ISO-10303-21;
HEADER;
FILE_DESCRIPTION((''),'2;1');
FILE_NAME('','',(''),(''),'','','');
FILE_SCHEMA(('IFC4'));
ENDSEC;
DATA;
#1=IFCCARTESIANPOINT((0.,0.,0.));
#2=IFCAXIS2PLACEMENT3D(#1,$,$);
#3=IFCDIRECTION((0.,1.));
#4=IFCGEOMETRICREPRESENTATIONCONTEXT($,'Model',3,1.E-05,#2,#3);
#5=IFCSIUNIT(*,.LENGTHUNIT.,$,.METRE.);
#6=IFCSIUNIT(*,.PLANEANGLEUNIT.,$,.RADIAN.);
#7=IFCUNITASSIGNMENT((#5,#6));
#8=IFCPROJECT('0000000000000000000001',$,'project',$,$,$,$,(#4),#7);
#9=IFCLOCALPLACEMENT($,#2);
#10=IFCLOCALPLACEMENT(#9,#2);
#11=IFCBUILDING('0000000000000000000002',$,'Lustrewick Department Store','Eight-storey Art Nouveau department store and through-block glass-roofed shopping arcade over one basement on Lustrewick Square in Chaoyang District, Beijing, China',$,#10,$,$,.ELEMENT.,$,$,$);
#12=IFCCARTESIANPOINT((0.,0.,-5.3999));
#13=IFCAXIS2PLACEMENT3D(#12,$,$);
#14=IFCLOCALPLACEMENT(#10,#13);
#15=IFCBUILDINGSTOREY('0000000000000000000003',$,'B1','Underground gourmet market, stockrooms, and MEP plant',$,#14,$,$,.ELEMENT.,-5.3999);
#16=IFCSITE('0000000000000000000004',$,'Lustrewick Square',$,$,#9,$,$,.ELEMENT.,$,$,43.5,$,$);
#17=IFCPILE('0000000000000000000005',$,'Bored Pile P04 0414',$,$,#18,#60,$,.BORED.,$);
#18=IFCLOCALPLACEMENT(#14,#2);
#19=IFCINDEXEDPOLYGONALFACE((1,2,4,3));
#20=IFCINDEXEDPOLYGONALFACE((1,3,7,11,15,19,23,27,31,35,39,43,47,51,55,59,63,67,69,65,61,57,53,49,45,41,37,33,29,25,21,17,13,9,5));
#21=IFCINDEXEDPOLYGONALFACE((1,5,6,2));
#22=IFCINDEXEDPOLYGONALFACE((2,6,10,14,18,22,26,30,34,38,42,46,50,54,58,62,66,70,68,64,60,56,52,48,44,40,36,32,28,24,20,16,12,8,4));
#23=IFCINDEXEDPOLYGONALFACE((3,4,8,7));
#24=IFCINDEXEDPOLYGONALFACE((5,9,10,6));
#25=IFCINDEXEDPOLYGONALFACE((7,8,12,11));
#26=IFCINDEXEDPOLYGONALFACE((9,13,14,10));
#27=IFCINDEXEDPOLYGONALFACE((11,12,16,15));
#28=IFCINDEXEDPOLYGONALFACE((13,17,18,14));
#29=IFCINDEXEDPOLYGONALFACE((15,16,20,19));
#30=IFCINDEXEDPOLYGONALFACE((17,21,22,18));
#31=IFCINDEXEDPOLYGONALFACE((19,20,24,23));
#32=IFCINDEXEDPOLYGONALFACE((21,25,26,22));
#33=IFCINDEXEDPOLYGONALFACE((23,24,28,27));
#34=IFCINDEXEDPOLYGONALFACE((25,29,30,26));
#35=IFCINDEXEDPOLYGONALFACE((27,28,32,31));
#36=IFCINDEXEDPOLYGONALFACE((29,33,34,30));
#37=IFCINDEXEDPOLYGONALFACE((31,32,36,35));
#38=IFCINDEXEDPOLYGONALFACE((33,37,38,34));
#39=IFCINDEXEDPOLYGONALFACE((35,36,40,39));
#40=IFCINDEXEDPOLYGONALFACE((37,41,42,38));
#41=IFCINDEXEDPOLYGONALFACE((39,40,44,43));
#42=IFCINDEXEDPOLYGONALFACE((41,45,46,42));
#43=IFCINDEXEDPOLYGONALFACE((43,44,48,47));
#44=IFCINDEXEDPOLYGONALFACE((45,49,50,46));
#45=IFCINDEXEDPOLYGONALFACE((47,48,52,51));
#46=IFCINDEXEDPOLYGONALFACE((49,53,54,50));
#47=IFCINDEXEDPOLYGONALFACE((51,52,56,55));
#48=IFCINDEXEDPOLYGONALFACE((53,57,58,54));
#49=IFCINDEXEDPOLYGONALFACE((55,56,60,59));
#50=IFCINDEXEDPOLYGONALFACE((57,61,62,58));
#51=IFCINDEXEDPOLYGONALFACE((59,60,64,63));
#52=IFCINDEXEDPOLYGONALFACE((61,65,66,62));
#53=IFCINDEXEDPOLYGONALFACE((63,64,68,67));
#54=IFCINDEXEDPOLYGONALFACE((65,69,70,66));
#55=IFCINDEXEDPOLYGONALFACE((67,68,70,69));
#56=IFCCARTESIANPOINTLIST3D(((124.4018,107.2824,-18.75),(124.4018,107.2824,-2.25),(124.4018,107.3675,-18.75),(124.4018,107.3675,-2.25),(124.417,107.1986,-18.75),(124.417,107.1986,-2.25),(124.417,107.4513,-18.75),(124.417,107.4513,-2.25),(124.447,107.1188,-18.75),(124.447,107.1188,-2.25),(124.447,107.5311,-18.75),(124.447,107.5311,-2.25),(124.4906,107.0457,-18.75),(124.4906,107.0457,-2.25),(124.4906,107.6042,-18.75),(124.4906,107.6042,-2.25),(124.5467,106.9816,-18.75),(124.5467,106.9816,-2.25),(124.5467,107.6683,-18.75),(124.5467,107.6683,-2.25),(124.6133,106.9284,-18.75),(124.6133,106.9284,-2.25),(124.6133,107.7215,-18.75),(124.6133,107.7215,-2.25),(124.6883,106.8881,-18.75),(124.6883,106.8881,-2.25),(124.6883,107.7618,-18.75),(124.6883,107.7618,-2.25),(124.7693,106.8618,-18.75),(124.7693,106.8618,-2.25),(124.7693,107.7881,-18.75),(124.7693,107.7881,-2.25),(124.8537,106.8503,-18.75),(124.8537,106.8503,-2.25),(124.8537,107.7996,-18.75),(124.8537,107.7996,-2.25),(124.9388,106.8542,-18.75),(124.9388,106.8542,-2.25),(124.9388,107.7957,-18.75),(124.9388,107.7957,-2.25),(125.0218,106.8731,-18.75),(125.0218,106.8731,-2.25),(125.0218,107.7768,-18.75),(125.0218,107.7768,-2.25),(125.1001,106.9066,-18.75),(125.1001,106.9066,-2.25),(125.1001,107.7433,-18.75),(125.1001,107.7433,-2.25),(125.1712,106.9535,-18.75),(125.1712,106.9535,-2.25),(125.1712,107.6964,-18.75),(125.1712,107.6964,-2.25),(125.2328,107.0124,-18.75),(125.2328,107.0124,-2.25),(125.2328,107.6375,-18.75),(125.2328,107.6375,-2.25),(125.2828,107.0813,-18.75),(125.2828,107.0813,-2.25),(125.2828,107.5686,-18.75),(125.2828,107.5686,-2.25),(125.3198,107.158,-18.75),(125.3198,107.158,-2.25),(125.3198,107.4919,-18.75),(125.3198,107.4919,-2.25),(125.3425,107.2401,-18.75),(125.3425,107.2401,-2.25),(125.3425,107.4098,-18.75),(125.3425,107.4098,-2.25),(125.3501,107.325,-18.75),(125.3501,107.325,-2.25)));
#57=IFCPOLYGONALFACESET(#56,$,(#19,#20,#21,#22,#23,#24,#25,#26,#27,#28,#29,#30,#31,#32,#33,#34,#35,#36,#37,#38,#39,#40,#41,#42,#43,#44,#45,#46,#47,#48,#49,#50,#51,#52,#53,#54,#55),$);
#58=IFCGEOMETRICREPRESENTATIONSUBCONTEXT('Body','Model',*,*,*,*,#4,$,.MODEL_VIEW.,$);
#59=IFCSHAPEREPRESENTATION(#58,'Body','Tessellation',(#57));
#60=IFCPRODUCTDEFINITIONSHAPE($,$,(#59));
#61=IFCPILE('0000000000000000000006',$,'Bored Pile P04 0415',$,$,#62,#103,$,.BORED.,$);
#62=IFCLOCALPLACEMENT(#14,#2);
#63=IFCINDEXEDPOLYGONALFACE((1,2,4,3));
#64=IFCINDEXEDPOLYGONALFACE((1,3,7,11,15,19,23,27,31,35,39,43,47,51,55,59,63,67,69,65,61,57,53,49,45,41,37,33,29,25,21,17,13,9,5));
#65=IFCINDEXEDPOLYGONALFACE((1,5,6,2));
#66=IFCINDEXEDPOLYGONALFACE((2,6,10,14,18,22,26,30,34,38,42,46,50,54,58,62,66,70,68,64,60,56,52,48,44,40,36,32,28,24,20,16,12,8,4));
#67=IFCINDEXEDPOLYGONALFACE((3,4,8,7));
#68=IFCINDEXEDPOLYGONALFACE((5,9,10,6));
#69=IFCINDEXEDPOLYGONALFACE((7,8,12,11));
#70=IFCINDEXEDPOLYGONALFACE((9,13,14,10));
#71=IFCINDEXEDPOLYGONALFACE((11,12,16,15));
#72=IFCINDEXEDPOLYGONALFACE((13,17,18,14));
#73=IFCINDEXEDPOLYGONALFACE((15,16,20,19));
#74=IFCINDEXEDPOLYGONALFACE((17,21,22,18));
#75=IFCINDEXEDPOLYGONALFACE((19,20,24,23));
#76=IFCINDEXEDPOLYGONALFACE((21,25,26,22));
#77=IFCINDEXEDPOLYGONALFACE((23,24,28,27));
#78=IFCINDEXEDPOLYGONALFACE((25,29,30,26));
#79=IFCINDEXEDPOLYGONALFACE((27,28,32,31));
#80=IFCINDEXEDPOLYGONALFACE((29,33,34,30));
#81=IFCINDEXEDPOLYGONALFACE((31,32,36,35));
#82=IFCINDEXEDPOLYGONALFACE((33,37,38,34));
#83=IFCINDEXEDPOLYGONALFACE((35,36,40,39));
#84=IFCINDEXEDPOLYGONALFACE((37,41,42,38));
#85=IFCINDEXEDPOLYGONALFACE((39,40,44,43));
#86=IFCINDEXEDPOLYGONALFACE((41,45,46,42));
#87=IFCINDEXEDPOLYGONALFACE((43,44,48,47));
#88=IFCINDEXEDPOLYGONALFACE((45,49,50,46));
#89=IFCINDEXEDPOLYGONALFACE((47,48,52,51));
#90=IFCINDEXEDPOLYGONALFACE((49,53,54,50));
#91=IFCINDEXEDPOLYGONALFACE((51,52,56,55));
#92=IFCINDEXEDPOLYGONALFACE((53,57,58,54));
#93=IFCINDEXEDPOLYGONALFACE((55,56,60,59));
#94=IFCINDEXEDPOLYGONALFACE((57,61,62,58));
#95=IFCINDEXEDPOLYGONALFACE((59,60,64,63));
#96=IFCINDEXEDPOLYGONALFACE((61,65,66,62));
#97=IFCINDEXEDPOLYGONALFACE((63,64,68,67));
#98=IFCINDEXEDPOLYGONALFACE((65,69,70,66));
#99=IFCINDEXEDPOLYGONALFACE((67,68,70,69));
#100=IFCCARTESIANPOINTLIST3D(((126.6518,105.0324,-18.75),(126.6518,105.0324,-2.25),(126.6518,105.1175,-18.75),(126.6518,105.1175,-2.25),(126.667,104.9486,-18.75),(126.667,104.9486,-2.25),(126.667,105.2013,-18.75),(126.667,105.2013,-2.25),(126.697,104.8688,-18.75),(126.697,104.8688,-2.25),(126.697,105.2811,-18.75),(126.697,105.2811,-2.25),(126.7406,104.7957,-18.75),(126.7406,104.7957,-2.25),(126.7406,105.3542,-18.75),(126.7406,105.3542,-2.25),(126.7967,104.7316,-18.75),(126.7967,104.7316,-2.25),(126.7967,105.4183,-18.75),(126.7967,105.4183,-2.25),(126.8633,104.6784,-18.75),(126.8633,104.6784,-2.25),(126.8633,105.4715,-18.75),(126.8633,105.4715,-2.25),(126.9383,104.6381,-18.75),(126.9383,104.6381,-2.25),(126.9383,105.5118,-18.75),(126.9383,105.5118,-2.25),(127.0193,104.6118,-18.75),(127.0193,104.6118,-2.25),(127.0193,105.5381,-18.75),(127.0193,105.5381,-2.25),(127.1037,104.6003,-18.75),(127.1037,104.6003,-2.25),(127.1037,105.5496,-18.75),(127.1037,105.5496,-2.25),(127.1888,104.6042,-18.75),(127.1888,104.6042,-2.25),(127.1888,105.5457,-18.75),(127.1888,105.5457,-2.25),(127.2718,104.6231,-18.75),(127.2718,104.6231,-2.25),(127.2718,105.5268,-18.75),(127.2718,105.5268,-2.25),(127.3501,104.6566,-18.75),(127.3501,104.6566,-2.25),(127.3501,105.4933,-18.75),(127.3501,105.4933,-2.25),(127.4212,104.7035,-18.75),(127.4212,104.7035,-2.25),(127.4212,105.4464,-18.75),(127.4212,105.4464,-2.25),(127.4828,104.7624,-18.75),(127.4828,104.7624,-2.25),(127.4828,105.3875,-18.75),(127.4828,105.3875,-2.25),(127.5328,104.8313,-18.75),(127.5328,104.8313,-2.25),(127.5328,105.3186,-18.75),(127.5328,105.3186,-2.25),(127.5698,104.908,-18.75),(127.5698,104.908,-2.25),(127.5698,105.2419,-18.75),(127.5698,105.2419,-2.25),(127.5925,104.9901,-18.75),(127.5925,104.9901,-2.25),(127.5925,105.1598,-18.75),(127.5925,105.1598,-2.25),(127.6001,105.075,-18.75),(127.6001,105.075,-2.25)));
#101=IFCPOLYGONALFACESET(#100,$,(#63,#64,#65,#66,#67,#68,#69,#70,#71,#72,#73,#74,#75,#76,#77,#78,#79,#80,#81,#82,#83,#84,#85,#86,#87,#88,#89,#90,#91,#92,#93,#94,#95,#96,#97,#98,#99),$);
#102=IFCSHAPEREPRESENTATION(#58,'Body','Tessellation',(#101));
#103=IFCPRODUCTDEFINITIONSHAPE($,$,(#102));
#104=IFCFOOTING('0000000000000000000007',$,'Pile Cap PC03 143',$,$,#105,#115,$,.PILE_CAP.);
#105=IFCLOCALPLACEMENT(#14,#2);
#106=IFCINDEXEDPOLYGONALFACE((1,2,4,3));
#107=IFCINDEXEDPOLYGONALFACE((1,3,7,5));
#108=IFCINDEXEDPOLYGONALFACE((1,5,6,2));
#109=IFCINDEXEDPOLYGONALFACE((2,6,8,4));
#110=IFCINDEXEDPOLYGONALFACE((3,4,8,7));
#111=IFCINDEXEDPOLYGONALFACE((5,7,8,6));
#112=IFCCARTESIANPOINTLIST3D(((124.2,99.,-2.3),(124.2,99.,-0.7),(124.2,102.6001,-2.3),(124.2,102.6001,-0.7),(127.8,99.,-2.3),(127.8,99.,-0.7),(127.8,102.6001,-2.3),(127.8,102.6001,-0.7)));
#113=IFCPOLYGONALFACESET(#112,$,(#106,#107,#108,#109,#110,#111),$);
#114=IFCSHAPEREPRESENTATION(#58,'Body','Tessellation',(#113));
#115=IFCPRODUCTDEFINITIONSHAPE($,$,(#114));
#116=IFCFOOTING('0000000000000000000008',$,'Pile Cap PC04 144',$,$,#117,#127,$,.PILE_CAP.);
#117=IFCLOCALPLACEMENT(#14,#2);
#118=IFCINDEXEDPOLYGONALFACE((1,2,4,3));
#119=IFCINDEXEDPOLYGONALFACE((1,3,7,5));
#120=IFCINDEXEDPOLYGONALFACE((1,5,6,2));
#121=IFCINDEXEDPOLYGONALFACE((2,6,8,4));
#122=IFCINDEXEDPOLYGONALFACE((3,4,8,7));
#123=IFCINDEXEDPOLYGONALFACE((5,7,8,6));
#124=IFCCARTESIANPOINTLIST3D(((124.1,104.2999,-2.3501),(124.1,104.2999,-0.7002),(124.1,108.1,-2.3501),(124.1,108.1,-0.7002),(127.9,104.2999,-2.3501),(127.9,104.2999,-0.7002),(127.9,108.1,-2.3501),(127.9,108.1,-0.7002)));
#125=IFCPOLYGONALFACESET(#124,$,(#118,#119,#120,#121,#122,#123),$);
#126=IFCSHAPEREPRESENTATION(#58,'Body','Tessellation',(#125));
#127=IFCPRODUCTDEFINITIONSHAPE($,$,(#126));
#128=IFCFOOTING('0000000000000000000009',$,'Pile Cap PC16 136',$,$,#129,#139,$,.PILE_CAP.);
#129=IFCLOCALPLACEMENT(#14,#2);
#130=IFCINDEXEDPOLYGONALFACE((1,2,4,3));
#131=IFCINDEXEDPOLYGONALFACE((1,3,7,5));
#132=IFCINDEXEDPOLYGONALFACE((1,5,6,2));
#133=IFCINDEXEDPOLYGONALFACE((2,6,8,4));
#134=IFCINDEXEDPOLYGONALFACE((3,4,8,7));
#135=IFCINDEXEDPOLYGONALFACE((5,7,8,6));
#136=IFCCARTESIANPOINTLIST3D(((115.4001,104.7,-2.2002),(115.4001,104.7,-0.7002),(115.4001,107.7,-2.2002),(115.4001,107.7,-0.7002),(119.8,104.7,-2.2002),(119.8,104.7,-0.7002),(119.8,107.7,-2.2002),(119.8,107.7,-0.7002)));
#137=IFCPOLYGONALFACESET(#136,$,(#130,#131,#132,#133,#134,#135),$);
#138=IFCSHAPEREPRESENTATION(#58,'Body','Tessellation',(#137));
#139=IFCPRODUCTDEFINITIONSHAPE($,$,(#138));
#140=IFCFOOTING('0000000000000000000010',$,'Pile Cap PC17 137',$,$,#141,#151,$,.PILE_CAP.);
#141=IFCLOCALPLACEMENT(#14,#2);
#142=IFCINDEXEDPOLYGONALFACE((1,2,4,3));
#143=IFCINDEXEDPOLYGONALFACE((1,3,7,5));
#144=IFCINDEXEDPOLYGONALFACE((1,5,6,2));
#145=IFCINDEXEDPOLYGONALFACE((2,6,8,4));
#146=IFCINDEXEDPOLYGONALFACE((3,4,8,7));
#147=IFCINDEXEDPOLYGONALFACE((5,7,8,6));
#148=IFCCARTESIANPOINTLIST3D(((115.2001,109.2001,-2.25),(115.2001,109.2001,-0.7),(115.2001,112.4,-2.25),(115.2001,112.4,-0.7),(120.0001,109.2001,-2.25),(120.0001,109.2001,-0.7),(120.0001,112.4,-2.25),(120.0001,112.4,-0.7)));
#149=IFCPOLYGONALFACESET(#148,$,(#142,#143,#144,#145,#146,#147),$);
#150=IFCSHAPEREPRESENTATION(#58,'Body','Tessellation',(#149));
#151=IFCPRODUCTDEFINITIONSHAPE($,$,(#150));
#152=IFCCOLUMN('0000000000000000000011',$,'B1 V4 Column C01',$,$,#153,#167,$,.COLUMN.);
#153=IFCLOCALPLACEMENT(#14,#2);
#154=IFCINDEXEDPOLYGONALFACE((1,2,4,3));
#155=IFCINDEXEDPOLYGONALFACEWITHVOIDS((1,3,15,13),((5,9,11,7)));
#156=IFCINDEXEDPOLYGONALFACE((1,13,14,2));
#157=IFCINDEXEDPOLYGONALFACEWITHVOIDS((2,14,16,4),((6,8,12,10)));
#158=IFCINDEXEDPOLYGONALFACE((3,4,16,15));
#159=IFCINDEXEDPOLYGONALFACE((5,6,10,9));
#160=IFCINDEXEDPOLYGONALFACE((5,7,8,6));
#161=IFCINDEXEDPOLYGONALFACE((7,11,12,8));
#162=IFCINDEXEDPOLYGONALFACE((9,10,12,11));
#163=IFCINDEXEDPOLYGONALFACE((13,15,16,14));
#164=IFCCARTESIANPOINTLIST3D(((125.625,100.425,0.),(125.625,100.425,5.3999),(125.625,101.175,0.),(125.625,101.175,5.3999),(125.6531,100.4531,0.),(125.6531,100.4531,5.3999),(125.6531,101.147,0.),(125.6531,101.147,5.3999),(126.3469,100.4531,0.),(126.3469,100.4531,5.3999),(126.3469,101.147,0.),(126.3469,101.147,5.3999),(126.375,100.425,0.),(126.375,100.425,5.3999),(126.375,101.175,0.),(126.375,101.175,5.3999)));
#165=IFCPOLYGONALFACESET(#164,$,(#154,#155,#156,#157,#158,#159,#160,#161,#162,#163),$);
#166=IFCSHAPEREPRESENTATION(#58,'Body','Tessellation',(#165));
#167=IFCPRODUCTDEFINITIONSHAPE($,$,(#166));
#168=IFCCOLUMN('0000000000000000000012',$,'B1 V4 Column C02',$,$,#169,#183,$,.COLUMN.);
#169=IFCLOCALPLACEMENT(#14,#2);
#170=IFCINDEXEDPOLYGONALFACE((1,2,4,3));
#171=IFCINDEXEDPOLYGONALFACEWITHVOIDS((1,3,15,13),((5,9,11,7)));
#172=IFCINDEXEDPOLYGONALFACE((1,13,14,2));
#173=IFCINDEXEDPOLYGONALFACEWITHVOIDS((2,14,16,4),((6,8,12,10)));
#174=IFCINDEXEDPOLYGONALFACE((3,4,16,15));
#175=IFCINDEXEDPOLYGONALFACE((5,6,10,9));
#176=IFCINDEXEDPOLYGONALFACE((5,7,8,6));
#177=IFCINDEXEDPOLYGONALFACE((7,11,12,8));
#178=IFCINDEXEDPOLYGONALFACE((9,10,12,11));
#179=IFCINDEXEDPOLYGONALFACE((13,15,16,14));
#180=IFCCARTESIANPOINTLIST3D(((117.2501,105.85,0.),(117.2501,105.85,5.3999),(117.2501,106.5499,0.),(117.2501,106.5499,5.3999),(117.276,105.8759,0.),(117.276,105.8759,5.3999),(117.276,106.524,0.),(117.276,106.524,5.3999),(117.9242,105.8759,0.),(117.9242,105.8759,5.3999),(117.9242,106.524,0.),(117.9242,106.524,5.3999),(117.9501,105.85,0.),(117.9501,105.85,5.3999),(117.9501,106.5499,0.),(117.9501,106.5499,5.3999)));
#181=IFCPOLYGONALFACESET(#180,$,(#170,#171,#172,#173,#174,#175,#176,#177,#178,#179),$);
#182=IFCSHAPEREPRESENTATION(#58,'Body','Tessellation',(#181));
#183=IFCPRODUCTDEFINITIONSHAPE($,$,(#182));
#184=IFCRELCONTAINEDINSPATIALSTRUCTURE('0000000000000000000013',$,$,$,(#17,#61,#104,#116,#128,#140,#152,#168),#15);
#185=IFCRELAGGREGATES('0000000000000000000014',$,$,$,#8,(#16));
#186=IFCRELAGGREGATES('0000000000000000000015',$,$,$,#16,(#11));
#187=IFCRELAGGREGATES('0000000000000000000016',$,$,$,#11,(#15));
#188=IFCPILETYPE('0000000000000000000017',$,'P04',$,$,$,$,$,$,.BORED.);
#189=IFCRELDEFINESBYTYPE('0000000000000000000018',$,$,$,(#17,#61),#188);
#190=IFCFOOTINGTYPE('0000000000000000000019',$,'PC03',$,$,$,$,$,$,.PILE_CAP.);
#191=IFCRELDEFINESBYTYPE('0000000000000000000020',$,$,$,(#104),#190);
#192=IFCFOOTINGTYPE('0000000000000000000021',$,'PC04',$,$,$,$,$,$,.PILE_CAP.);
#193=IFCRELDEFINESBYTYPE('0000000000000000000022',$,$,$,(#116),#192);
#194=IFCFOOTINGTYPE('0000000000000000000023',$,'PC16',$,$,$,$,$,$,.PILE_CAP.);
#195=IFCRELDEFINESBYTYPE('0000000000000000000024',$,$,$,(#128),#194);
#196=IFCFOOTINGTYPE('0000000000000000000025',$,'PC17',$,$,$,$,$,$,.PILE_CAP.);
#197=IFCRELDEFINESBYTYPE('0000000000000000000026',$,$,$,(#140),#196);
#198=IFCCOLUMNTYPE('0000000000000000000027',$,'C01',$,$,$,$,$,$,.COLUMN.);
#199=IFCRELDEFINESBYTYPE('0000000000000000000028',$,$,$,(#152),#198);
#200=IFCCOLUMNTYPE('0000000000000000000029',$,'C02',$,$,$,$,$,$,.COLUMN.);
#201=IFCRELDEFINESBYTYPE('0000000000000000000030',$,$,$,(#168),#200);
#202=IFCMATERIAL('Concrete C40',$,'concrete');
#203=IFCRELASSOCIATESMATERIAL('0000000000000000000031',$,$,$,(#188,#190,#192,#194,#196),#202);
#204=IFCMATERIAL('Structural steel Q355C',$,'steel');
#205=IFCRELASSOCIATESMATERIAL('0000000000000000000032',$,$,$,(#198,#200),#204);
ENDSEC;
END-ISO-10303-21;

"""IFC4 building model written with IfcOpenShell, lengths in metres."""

from ifc_helpers import new_model, si_unit, direction, frame, origin, origin_2d, place, context, subcontext, project, spatial, rectangle, hollow_rectangle, circle, extrude, material, material_profile, profile_set, type_object, element, save


model = new_model("IFC4")

# Units and contexts
model_context = context("Model", 3, precision=1e-05, world=origin(), true_north=direction((0.0, 1.0)))
body_context = subcontext(model_context, "Body", "Model", "MODEL_VIEW")
ifc_project = project(units=[si_unit("LENGTHUNIT", "METRE"), si_unit("PLANEANGLEUNIT", "RADIAN")], contexts=[model_context])

# Site, building, storey
site_placement = place(None, origin())
site = spatial("IfcSite", under=ifc_project, at=site_placement, Name="Lustrewick Square", CompositionType="ELEMENT", RefElevation=43.5)
building_placement = place(site_placement, origin())
building = spatial("IfcBuilding", under=site, at=building_placement, Name="Lustrewick Department Store", Description="Eight-storey Art Nouveau department store and through-block glass-roofed shopping arcade over one basement on Lustrewick Square in Chaoyang District, Beijing, China", CompositionType="ELEMENT")
storey_placement = place(building_placement, frame((0.0, 0.0, -5.3999)))
storey = spatial("IfcBuildingStorey", under=building, at=storey_placement, Name="B1", Description="Underground gourmet market, stockrooms, and MEP plant", CompositionType="ELEMENT", Elevation=-5.3999)

# Piles
ifc_material_1 = material(Name="Concrete C40", Category="concrete")
ifc_material_profile_1 = material_profile(ifc_material_1, circle(Radius=0.4751, at=origin_2d()), Name="PILE D950")
ifc_profile_set_1 = profile_set([ifc_material_profile_1], Name="Concrete C40")
pile_type_1 = type_object("IfcPileType", Name="P04", PredefinedType="BORED", material=ifc_profile_set_1)
for number, where, z_axis, x_axis, name in (
    (1, (124.875, 107.325, -2.25), (0.0, 0.0, -1.0), (1.0, 0.0, 0.0), "Bored Pile P04 0414"),
    (2, (127.125, 105.075, -2.25), (0.0, 0.0, -1.0), (1.0, 0.0, 0.0), "Bored Pile P04 0415"),
):
    element("IfcPile", number, at=place(storey_placement, frame(where, z_axis=z_axis, x_axis=x_axis)), inside=storey, type_object=pile_type_1, Name=name, PredefinedType="BORED", context=body_context, shape_type="SweptSolid", body=[
        extrude(circle(Radius=0.4751, at=origin_2d()), origin(), (0.0, 0.0, 1.0), 16.5),
    ])

# Footings
footing_type_1 = type_object("IfcFootingType", Name="PC03", PredefinedType="PILE_CAP", material=ifc_material_1)
footing_1_placement = place(storey_placement, frame((126.0, 100.8, -2.3), z_axis=(0.0, 0.0, 1.0), x_axis=(1.0, 0.0, 0.0)))
element("IfcFooting", 3, at=footing_1_placement, inside=storey, type_object=footing_type_1, Name="Pile Cap PC03 143", PredefinedType="PILE_CAP", context=body_context, shape_type="SweptSolid", body=[
    extrude(rectangle(XDim=3.6001, YDim=3.6001, at=origin_2d()), origin(), (0.0, 0.0, 1.0), 1.6001),
])
footing_type_2 = type_object("IfcFootingType", Name="PC04", PredefinedType="PILE_CAP", material=ifc_material_1)
footing_2_placement = place(storey_placement, frame((126.0, 106.2, -2.3501), z_axis=(0.0, 0.0, 1.0), x_axis=(1.0, 0.0, 0.0)))
element("IfcFooting", 4, at=footing_2_placement, inside=storey, type_object=footing_type_2, Name="Pile Cap PC04 144", PredefinedType="PILE_CAP", context=body_context, shape_type="SweptSolid", body=[
    extrude(rectangle(XDim=3.8, YDim=3.8, at=origin_2d()), origin(), (0.0, 0.0, 1.0), 1.6499),
])
footing_type_3 = type_object("IfcFootingType", Name="PC16", PredefinedType="PILE_CAP", material=ifc_material_1)
footing_3_placement = place(storey_placement, frame((117.6001, 106.2, -2.2002), z_axis=(0.0, 0.0, 1.0), x_axis=(1.0, 0.0, 0.0)))
element("IfcFooting", 5, at=footing_3_placement, inside=storey, type_object=footing_type_3, Name="Pile Cap PC16 136", PredefinedType="PILE_CAP", context=body_context, shape_type="SweptSolid", body=[
    extrude(rectangle(XDim=4.3999, YDim=3.0, at=origin_2d()), origin(), (0.0, 0.0, 1.0), 1.5),
])
footing_type_4 = type_object("IfcFootingType", Name="PC17", PredefinedType="PILE_CAP", material=ifc_material_1)
footing_4_placement = place(storey_placement, frame((117.6001, 110.8, -2.25), z_axis=(0.0, 0.0, 1.0), x_axis=(1.0, 0.0, 0.0)))
element("IfcFooting", 6, at=footing_4_placement, inside=storey, type_object=footing_type_4, Name="Pile Cap PC17 137", PredefinedType="PILE_CAP", context=body_context, shape_type="SweptSolid", body=[
    extrude(rectangle(XDim=4.8, YDim=3.2, at=origin_2d()), origin(), (0.0, 0.0, 1.0), 1.55),
])

# Columns
ifc_material_2 = material(Name="Structural steel Q355C", Category="steel")
ifc_material_profile_2 = material_profile(ifc_material_2, hollow_rectangle(XDim=0.75, YDim=0.75, WallThickness=0.0281, at=origin_2d()), Name="BOX 750x750x28")
ifc_profile_set_2 = profile_set([ifc_material_profile_2], Name="Structural steel Q355C")
column_type_1 = type_object("IfcColumnType", Name="C01", PredefinedType="COLUMN", material=ifc_profile_set_2)
column_1_placement = place(storey_placement, frame((126.0, 100.8, 0.0), z_axis=(0.0, 0.0, 1.0), x_axis=(1.0, 0.0, 0.0)))
element("IfcColumn", 7, at=column_1_placement, inside=storey, type_object=column_type_1, Name="B1 V4 Column C01", PredefinedType="COLUMN", context=body_context, shape_type="SweptSolid", body=[
    extrude(hollow_rectangle(XDim=0.75, YDim=0.75, WallThickness=0.0281, at=origin_2d()), origin(), (0.0, 0.0, 1.0), 5.3999),
])
ifc_material_profile_3 = material_profile(ifc_material_2, hollow_rectangle(XDim=0.7, YDim=0.7, WallThickness=0.0259, at=origin_2d()), Name="BOX 700x700x26")
ifc_profile_set_3 = profile_set([ifc_material_profile_3], Name="Structural steel Q355C")
column_type_2 = type_object("IfcColumnType", Name="C02", PredefinedType="COLUMN", material=ifc_profile_set_3)
for number, where, z_axis, x_axis, name in (
    (8, (117.6001, 106.2, 0.0), (0.0, 0.0, 1.0), (1.0, 0.0, 0.0), "B1 V4 Column C02"),
):
    element("IfcColumn", number, at=place(storey_placement, frame(where, z_axis=z_axis, x_axis=x_axis)), inside=storey, type_object=column_type_2, Name=name, PredefinedType="COLUMN", context=body_context, shape_type="SweptSolid", body=[
        extrude(hollow_rectangle(XDim=0.7, YDim=0.7, WallThickness=0.0259, at=origin_2d()), origin(), (0.0, 0.0, 1.0), 5.3999),
    ])

save(model, "model.ifc")
